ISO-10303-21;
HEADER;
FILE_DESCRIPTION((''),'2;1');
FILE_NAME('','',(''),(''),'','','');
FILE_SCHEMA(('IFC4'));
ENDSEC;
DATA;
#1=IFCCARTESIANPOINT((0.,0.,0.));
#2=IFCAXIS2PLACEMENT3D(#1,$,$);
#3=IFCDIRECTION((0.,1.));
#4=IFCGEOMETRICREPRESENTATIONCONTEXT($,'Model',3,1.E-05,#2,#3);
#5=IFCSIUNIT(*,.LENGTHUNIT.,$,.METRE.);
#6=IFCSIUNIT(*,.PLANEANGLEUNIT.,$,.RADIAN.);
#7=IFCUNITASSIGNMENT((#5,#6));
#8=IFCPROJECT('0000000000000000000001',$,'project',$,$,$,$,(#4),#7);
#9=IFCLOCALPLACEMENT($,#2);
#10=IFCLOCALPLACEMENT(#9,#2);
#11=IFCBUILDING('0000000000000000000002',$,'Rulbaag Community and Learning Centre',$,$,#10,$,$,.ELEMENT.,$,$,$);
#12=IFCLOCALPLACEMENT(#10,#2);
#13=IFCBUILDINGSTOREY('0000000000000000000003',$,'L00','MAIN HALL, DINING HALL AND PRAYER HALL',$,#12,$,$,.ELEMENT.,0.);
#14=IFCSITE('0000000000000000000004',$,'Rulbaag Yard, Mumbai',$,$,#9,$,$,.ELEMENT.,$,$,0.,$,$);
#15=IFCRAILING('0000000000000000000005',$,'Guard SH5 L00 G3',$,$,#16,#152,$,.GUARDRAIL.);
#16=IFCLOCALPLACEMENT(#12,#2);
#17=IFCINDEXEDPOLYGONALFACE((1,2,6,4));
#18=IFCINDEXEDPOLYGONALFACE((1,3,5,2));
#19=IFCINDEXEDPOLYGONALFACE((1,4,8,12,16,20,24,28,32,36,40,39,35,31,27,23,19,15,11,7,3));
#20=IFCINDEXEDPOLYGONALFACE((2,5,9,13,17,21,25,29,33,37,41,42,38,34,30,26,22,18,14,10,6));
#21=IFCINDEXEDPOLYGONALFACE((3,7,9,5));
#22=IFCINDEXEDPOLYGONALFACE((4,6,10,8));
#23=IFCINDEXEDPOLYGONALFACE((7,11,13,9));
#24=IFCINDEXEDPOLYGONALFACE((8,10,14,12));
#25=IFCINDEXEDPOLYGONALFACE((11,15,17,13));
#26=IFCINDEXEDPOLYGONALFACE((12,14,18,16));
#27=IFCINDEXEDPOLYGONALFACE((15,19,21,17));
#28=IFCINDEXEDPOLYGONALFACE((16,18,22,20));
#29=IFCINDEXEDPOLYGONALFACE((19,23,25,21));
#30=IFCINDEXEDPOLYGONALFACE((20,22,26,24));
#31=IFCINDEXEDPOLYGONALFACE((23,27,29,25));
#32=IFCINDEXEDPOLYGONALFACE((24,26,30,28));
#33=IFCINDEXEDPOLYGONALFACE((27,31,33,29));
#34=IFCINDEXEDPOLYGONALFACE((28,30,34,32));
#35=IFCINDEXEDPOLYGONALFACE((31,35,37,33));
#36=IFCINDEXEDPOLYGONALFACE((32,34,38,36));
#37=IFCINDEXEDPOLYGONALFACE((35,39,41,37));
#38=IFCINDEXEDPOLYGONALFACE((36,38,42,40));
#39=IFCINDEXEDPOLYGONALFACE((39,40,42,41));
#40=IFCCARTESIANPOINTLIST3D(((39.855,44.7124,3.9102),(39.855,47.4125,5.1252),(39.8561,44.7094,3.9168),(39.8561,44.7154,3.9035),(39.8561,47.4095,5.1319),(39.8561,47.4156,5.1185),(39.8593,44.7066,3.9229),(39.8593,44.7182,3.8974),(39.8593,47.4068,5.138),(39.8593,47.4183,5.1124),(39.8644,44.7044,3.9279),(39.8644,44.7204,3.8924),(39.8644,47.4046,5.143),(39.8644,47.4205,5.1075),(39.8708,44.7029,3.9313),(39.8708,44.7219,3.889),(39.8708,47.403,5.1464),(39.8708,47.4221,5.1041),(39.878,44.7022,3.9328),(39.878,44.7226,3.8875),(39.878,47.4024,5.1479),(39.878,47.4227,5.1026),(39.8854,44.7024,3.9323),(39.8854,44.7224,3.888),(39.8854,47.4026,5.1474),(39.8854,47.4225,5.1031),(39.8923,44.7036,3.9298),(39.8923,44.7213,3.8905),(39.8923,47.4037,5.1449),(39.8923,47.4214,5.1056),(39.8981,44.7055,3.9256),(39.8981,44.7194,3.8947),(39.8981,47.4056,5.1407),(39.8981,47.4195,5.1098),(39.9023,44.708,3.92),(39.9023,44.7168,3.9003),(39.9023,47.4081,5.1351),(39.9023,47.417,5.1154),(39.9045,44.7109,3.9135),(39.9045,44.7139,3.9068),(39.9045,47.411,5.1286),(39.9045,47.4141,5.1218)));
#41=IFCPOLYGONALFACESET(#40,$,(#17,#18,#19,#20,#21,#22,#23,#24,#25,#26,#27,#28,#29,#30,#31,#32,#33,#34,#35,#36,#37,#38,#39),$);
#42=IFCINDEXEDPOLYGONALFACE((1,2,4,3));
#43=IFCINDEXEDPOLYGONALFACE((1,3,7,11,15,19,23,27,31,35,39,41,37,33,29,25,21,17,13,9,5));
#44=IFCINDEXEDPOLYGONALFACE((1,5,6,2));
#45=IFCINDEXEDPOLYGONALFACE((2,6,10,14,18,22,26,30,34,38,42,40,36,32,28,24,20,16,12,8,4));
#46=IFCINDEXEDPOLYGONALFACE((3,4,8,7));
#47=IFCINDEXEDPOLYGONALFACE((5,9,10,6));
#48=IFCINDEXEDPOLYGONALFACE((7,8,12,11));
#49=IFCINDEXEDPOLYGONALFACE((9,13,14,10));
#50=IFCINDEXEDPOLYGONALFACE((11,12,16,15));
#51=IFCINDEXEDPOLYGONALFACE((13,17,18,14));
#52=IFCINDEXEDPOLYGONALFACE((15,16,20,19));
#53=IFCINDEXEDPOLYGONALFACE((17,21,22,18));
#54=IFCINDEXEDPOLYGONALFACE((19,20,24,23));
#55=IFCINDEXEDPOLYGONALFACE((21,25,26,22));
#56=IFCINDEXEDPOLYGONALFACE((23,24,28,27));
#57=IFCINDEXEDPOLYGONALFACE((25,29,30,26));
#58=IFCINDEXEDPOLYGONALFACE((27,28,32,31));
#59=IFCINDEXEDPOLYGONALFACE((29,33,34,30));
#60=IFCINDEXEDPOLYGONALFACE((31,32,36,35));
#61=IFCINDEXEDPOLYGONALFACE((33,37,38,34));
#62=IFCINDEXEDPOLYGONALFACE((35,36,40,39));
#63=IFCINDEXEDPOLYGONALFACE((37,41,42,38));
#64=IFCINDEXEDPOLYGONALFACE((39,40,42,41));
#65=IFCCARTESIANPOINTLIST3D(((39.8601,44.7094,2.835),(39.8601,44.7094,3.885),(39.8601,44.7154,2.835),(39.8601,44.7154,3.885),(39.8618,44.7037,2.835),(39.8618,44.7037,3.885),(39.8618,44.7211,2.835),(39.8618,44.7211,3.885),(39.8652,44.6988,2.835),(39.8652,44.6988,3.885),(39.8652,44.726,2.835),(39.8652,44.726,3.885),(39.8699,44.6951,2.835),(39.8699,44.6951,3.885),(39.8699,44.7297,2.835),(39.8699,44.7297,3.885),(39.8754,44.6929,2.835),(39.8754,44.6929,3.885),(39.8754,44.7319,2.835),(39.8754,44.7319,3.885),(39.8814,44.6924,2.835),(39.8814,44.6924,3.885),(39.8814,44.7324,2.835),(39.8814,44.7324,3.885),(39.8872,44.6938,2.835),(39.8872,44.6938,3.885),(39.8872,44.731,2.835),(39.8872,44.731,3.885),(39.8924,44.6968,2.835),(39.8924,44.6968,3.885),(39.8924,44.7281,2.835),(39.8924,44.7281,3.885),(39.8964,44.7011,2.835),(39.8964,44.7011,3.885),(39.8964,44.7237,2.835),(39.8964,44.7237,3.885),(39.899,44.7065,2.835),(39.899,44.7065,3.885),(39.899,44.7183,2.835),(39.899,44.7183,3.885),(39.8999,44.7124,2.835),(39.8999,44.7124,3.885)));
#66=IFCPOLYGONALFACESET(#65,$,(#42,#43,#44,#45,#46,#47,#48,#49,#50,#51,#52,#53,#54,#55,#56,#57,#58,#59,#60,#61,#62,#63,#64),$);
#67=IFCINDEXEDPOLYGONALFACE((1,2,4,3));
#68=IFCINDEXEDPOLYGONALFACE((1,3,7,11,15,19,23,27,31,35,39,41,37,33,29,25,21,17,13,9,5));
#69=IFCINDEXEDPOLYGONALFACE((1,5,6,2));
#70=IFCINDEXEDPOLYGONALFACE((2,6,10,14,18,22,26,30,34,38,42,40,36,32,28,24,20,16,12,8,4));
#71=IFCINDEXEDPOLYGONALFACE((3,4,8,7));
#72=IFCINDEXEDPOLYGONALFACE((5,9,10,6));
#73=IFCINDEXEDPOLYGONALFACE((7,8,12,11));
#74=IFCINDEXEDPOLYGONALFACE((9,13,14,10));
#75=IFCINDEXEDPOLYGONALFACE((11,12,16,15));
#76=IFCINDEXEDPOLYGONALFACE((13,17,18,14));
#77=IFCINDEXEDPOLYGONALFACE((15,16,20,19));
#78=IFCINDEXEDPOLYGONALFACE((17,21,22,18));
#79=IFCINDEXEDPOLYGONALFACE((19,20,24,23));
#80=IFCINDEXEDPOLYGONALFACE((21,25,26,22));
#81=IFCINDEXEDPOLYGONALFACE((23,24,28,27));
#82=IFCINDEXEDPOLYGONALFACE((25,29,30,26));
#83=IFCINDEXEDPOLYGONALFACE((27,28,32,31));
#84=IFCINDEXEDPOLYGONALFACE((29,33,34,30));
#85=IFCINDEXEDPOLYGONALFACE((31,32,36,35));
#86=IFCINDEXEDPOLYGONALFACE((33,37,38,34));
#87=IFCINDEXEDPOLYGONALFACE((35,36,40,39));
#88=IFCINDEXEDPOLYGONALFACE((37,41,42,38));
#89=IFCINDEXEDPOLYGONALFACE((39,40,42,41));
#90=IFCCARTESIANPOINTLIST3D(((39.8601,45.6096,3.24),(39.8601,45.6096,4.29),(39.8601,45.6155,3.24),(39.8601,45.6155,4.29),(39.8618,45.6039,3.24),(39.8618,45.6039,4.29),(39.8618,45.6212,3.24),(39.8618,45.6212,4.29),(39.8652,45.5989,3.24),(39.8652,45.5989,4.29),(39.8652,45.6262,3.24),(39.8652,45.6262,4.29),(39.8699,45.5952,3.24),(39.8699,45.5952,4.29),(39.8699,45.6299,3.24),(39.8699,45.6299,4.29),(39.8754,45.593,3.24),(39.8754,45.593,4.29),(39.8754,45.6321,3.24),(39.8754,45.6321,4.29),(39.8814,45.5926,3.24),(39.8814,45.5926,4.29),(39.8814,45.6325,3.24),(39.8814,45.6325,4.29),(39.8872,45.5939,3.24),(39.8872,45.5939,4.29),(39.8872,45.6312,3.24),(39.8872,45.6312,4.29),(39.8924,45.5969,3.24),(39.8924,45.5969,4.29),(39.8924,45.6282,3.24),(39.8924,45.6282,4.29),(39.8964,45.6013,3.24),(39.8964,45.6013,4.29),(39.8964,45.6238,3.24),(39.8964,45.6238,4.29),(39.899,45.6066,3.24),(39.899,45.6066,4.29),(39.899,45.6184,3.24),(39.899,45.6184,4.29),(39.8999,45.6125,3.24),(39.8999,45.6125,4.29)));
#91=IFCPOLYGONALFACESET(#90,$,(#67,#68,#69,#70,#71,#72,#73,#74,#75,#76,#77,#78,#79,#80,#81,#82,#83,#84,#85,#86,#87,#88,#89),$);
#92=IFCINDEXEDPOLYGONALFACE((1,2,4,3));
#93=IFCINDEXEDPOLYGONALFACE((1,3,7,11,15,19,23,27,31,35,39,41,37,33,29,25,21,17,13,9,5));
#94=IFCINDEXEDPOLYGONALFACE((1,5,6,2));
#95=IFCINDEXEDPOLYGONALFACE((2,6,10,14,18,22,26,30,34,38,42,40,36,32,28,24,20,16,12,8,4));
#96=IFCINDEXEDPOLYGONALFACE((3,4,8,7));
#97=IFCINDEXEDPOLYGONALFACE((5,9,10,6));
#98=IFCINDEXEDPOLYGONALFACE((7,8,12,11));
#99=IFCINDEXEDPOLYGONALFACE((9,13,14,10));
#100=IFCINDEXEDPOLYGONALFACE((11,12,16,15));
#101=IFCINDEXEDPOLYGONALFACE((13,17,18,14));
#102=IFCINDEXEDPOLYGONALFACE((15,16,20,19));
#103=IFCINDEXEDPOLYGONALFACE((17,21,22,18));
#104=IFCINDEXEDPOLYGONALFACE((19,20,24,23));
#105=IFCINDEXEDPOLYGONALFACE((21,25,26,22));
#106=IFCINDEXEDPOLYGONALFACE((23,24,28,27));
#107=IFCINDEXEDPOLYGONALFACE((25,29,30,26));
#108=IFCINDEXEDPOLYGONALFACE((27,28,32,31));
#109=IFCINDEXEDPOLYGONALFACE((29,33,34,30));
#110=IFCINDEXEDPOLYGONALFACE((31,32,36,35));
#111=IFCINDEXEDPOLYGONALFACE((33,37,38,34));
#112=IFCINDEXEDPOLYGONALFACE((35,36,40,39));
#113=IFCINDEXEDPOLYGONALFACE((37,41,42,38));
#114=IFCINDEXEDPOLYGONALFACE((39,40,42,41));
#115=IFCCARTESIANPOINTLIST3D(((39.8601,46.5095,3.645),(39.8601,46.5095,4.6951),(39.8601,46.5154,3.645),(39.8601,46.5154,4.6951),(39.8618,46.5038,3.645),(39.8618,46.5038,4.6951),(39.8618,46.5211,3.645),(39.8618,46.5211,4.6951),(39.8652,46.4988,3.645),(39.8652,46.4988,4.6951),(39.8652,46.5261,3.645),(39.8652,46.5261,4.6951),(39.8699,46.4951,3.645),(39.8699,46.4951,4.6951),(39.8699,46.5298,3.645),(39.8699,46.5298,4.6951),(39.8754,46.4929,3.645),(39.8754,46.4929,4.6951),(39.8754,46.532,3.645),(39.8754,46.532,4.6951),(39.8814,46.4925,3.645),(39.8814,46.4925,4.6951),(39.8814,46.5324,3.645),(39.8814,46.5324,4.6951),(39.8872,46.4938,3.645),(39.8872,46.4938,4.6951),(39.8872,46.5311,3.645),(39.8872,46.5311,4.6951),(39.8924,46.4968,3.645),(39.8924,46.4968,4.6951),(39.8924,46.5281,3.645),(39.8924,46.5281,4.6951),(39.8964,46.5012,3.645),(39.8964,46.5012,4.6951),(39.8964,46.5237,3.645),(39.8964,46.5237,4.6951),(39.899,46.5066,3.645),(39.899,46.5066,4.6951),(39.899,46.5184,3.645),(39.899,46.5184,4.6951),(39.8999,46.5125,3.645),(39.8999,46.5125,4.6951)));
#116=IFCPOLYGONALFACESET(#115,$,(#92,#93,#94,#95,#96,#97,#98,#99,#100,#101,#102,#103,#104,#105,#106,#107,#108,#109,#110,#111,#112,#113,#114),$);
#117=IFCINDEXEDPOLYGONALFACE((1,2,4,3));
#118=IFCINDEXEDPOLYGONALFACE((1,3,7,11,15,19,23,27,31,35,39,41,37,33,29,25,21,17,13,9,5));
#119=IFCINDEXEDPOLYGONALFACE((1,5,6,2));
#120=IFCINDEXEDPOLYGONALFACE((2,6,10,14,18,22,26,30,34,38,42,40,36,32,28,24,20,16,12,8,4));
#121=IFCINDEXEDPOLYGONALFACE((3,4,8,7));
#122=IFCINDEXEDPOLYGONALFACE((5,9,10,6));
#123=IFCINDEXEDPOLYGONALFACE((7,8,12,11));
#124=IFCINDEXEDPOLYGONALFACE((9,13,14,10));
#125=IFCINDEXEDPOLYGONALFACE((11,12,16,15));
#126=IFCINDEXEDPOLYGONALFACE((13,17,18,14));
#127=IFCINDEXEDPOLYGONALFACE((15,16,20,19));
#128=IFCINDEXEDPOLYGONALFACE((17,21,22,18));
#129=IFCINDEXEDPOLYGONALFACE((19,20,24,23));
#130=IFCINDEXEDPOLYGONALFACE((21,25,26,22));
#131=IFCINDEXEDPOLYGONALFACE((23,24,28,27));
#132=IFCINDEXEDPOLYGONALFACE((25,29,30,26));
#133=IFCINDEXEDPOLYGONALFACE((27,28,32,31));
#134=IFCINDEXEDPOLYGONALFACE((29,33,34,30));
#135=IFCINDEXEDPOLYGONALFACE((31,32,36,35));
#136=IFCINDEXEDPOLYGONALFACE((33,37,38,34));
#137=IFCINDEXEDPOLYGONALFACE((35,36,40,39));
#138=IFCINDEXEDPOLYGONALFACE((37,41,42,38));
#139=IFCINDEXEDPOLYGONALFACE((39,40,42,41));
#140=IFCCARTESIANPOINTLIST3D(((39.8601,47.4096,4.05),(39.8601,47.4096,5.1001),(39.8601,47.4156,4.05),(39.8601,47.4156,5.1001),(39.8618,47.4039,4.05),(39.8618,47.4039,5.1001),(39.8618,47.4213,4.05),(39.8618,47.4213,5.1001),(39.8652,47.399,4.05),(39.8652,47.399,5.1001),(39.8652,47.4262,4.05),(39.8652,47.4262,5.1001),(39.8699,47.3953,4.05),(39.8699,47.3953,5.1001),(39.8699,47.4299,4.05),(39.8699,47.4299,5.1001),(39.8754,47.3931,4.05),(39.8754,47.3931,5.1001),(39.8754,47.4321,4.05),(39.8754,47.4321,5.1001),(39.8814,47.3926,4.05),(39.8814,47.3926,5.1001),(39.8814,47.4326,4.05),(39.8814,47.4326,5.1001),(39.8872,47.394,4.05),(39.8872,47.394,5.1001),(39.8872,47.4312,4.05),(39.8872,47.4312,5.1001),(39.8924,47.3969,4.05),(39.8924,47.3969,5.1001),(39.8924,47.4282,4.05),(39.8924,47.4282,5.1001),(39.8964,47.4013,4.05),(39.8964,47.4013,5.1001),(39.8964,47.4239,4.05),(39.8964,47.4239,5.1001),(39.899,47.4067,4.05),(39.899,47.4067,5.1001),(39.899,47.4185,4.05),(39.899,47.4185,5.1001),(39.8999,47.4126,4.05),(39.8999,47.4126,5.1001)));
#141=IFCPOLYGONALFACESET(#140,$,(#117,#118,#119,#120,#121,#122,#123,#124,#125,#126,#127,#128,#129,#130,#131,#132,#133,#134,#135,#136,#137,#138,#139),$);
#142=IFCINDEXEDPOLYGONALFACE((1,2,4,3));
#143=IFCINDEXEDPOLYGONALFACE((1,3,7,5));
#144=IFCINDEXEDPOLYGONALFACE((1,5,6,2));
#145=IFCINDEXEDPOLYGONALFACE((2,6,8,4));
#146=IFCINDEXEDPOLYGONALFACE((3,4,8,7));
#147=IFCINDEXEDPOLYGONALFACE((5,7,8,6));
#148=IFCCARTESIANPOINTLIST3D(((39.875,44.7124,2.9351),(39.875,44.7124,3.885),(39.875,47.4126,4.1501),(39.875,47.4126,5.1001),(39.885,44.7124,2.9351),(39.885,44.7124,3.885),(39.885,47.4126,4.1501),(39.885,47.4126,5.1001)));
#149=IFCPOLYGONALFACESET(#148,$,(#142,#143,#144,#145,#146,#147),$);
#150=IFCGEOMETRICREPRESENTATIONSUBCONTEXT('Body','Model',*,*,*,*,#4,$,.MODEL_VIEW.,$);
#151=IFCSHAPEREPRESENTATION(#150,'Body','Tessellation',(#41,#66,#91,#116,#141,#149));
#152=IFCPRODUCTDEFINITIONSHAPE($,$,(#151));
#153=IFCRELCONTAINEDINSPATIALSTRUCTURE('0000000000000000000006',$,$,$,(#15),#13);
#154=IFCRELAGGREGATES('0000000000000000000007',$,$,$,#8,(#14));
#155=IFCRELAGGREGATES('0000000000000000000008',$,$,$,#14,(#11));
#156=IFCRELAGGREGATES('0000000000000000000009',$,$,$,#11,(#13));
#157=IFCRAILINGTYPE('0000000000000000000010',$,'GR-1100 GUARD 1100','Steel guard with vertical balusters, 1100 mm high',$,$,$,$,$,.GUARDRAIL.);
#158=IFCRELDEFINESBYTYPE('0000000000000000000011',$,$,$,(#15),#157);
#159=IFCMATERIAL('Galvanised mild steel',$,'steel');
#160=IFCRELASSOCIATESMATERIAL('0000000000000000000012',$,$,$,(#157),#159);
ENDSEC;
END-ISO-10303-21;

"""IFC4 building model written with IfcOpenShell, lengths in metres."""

from ifc_helpers import new_model, si_unit, direction, frame, origin, origin_2d, place, context, subcontext, project, spatial, polyline, circle, outline, extrude, material, type_object, element, save


model = new_model("IFC4")

# Units and contexts
model_context = context("Model", 3, precision=1e-05, world=origin(), true_north=direction((0.0, 1.0)))
body_context = subcontext(model_context, "Body", "Model", "MODEL_VIEW")
ifc_project = project(units=[si_unit("LENGTHUNIT", "METRE"), si_unit("PLANEANGLEUNIT", "RADIAN")], contexts=[model_context])

# Site, building, storey
site_placement = place(None, origin())
site = spatial("IfcSite", under=ifc_project, at=site_placement, Name="Rulbaag Yard, Mumbai", CompositionType="ELEMENT", RefElevation=0.0)
building_placement = place(site_placement, origin())
building = spatial("IfcBuilding", under=site, at=building_placement, Name="Rulbaag Community and Learning Centre", CompositionType="ELEMENT")
storey_placement = place(building_placement, origin())
storey = spatial("IfcBuildingStorey", under=building, at=storey_placement, Name="L00", Description="MAIN HALL, DINING HALL AND PRAYER HALL", CompositionType="ELEMENT", Elevation=0.0)

# Railing
ifc_material_1 = material(Name="Galvanised mild steel", Category="steel")
railing_type = type_object("IfcRailingType", Name="GR-1100 GUARD 1100", Description="Steel guard with vertical balusters, 1100 mm high", PredefinedType="GUARDRAIL", material=ifc_material_1)
railing_1_placement = place(storey_placement, frame((39.8799, 44.7124, 2.835)))
element("IfcRailing", 1, at=railing_1_placement, inside=storey, type_object=railing_type, Name="Guard SH5 L00 G3", PredefinedType="GUARDRAIL", context=body_context, shape_type="SweptSolid", body=[
    extrude(circle(Radius=0.0249, at=origin_2d()), frame((0.0, 0.0, 1.0752), z_axis=(0.0, 0.911922, 0.410365), x_axis=(-1.0, 0.0, 0.0)), (0.0, 0.0, 1.0), 2.9609),
    extrude(circle(Radius=0.02, at=origin_2d()), origin(), (0.0, 0.0, 1.0), 1.05),
    extrude(circle(Radius=0.02, at=origin_2d()), frame((0.0, 0.9001, 0.405)), (0.0, 0.0, 1.0), 1.05),
    extrude(circle(Radius=0.02, at=origin_2d()), frame((0.0, 1.8, 0.8101)), (0.0, 0.0, 1.0), 1.05),
    extrude(circle(Radius=0.02, at=origin_2d()), frame((0.0, 2.7002, 1.2151)), (0.0, 0.0, 1.0), 1.05),
    extrude(outline(polyline([(0.0, 0.0), (2.7002, 1.2151), (2.7002, 2.165), (0.0, 0.95), (0.0, 0.0)])), frame((-0.0049, 0.0, 0.1001), z_axis=(1.0, 0.0, 0.0), x_axis=(0.0, 1.0, 0.0)), (0.0, 0.0, 1.0), 0.01),
])

save(model, "model.ifc")
